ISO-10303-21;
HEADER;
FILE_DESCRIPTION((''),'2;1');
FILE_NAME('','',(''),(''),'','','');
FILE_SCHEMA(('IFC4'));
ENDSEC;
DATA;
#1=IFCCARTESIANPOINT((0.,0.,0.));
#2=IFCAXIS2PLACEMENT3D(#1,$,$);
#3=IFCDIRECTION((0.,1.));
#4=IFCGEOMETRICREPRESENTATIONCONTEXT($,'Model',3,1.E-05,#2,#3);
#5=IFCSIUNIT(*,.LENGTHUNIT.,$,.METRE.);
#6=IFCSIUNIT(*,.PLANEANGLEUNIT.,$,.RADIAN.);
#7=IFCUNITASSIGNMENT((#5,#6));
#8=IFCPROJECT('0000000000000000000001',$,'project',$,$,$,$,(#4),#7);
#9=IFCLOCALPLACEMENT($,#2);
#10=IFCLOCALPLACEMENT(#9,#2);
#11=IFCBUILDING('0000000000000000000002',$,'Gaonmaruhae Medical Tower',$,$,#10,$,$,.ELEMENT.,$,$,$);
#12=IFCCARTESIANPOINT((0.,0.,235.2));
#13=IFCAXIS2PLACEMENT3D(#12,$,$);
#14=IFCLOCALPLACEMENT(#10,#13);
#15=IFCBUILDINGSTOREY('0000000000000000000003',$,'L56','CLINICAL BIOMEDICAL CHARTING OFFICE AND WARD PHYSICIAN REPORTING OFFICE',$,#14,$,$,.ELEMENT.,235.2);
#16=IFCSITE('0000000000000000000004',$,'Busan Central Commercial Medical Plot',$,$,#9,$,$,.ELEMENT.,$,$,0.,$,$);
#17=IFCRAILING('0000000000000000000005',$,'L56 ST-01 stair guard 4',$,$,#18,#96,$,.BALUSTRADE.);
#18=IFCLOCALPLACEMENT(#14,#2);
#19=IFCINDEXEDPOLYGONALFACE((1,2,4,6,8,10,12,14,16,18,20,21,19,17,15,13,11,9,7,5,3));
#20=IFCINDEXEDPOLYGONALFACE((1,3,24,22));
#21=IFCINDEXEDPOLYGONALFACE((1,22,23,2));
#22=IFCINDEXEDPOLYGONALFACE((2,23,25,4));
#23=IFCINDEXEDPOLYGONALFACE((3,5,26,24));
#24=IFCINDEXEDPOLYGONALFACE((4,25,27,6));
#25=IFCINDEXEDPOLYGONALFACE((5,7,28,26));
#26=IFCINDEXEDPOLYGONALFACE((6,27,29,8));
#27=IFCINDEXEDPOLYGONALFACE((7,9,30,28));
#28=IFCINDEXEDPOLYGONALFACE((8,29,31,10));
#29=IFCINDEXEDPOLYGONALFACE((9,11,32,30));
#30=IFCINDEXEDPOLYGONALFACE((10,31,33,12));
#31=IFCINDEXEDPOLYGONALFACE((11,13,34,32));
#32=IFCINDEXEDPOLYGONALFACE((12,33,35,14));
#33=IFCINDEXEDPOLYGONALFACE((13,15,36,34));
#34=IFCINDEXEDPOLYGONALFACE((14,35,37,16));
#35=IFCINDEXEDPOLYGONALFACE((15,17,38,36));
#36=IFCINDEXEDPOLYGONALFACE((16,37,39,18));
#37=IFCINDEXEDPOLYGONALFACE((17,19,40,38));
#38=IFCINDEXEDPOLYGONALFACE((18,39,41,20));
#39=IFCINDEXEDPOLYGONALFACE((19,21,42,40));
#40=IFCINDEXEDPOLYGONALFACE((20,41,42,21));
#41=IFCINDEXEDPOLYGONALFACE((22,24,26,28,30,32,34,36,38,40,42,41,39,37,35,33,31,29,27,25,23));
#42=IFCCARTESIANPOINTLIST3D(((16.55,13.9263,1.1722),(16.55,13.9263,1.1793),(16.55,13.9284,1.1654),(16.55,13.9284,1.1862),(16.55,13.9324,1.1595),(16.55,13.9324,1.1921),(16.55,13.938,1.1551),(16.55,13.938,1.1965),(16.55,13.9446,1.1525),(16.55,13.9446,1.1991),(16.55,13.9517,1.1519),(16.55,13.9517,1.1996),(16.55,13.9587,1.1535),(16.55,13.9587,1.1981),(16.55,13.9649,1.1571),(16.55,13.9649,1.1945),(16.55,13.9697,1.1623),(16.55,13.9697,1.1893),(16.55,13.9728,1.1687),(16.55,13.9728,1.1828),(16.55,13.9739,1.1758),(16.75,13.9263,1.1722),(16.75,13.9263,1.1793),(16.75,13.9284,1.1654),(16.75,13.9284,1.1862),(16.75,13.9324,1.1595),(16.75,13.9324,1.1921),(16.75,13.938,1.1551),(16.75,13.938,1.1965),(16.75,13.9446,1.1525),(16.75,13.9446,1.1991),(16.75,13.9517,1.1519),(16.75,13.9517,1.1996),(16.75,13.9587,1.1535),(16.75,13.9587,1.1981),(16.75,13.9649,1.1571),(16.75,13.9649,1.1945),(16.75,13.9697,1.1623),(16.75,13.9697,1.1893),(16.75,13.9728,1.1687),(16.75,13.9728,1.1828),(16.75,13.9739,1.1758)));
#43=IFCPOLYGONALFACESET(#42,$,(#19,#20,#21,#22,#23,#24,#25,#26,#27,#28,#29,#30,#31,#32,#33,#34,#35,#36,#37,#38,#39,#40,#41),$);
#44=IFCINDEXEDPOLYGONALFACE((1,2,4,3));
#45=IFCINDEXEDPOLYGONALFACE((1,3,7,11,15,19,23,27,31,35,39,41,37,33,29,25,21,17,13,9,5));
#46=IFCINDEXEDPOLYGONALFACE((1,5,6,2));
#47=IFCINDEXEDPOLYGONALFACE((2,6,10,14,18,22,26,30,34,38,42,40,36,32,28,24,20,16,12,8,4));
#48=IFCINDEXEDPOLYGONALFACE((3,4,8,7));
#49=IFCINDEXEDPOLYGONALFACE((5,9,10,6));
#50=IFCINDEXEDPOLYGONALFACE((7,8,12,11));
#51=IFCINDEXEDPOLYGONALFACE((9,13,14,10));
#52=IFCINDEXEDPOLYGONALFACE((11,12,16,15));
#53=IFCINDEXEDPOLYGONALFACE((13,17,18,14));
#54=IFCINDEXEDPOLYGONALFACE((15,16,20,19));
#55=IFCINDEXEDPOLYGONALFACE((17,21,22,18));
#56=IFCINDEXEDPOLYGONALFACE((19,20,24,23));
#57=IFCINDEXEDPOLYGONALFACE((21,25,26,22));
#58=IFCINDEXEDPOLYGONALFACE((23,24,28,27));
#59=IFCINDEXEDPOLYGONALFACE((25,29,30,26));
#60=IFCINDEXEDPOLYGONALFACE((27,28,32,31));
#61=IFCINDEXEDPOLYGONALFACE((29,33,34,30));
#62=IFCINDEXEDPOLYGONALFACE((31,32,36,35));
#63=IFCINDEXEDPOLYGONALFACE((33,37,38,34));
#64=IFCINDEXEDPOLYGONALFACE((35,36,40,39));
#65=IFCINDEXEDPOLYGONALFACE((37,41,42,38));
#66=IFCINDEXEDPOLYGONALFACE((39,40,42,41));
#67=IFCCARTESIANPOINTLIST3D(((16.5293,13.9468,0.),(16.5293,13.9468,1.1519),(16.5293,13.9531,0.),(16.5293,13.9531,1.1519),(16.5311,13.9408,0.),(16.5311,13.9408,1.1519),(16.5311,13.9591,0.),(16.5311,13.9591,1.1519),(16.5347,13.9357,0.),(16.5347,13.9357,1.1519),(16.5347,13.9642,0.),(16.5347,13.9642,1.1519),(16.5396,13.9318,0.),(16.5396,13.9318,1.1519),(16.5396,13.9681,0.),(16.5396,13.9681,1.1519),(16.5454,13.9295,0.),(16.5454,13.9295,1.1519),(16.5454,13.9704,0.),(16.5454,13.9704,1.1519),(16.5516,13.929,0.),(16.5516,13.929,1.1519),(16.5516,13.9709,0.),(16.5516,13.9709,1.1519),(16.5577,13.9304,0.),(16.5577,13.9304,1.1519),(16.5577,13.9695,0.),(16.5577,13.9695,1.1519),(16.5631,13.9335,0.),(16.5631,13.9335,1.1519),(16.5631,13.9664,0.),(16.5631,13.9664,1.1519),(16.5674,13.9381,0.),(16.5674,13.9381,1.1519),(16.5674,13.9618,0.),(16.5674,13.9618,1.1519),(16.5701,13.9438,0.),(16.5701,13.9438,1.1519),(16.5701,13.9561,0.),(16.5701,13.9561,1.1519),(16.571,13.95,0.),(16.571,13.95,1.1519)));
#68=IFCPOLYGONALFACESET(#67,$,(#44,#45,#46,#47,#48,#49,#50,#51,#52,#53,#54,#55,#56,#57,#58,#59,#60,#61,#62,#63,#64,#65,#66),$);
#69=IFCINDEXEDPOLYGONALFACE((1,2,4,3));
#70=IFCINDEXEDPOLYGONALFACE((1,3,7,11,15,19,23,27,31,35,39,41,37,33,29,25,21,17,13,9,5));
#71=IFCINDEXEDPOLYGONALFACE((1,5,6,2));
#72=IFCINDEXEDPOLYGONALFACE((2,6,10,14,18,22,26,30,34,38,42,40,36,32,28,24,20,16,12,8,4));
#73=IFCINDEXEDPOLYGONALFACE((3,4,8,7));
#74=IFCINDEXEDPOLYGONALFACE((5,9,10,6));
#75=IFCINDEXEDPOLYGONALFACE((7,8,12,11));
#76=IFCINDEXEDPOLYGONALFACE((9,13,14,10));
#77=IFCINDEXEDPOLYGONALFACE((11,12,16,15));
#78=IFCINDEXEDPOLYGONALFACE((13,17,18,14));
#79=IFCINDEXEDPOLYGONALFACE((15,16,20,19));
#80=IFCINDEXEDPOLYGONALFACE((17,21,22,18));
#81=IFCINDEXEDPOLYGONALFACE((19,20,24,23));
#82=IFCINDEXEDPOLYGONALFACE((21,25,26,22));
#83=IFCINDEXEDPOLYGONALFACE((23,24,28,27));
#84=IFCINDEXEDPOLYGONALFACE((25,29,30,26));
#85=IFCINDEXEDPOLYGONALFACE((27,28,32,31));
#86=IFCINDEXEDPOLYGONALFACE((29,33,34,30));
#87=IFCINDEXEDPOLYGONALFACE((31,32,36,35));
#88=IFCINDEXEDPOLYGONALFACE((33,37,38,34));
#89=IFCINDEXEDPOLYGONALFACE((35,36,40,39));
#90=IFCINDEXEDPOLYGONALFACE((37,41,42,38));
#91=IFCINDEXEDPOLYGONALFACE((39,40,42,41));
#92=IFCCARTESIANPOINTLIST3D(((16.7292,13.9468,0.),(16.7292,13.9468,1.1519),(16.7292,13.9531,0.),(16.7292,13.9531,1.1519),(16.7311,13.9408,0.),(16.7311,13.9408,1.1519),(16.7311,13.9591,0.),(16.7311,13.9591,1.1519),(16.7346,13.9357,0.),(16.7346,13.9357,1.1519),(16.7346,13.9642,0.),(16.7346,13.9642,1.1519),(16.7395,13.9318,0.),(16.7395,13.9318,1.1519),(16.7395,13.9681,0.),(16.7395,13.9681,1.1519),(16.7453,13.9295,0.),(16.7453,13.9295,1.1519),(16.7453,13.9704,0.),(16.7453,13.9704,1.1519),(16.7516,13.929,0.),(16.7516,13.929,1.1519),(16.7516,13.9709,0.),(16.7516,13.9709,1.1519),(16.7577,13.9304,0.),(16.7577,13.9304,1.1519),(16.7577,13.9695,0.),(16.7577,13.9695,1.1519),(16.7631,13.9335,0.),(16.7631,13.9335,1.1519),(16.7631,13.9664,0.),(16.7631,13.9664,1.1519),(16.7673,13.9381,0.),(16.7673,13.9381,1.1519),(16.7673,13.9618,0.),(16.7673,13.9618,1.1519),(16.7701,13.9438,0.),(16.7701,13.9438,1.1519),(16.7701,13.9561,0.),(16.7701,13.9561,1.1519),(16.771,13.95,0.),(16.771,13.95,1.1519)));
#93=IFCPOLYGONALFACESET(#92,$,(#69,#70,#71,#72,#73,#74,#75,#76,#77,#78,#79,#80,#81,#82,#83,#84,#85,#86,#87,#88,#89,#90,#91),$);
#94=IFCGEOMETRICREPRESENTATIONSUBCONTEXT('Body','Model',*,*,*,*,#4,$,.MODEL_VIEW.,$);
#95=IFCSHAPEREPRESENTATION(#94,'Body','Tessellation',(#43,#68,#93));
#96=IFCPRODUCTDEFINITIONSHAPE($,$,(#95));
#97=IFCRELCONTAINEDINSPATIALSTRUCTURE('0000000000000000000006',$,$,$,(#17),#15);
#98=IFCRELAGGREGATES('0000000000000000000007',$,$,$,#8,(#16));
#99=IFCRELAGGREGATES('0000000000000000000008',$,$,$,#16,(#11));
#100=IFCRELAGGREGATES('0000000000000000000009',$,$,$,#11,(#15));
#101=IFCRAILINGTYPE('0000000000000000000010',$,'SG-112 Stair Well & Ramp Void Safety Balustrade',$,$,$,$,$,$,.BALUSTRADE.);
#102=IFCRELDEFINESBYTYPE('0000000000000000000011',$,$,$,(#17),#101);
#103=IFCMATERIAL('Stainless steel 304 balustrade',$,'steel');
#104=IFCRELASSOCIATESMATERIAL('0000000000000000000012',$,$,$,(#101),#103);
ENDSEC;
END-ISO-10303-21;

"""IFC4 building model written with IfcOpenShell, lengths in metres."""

from ifc_helpers import new_model, si_unit, direction, frame, origin, origin_2d, place, context, subcontext, project, spatial, circle, extrude, material, type_object, element, save


model = new_model("IFC4")

# Units and contexts
model_context = context("Model", 3, precision=1e-05, world=origin(), true_north=direction((0.0, 1.0)))
body_context = subcontext(model_context, "Body", "Model", "MODEL_VIEW")
ifc_project = project(units=[si_unit("LENGTHUNIT", "METRE"), si_unit("PLANEANGLEUNIT", "RADIAN")], contexts=[model_context])

# Site, building, storey
site_placement = place(None, origin())
site = spatial("IfcSite", under=ifc_project, at=site_placement, Name="Busan Central Commercial Medical Plot", CompositionType="ELEMENT", RefElevation=0.0)
building_placement = place(site_placement, origin())
building = spatial("IfcBuilding", under=site, at=building_placement, Name="Gaonmaruhae Medical Tower", CompositionType="ELEMENT")
storey_placement = place(building_placement, frame((0.0, 0.0, 235.2)))
storey = spatial("IfcBuildingStorey", under=building, at=storey_placement, Name="L56", Description="CLINICAL BIOMEDICAL CHARTING OFFICE AND WARD PHYSICIAN REPORTING OFFICE", CompositionType="ELEMENT", Elevation=235.2)

# Railing
ifc_material_1 = material(Name="Stainless steel 304 balustrade", Category="steel")
railing_type_1 = type_object("IfcRailingType", Name="SG-112 Stair Well & Ramp Void Safety Balustrade", PredefinedType="BALUSTRADE", material=ifc_material_1)
railing_1_placement = place(storey_placement, frame((16.55, 13.95, 0.0)))
element("IfcRailing", 1, at=railing_1_placement, inside=storey, type_object=railing_type_1, Name="L56 ST-01 stair guard 4", PredefinedType="BALUSTRADE", context=body_context, shape_type="SweptSolid", body=[
    extrude(circle(Radius=0.0239, at=origin_2d()), frame((0.0, 0.0, 1.1758), z_axis=(1.0, 0.0, 0.0), x_axis=(0.0, 1.0, 0.0)), (0.0, 0.0, 1.0), 0.2),
    extrude(circle(Radius=0.021, at=origin_2d()), origin(), (0.0, 0.0, 1.0), 1.1519),
    extrude(circle(Radius=0.021, at=origin_2d()), frame((0.2, 0.0, 0.0)), (0.0, 0.0, 1.0), 1.1519),
])

save(model, "model.ifc")
